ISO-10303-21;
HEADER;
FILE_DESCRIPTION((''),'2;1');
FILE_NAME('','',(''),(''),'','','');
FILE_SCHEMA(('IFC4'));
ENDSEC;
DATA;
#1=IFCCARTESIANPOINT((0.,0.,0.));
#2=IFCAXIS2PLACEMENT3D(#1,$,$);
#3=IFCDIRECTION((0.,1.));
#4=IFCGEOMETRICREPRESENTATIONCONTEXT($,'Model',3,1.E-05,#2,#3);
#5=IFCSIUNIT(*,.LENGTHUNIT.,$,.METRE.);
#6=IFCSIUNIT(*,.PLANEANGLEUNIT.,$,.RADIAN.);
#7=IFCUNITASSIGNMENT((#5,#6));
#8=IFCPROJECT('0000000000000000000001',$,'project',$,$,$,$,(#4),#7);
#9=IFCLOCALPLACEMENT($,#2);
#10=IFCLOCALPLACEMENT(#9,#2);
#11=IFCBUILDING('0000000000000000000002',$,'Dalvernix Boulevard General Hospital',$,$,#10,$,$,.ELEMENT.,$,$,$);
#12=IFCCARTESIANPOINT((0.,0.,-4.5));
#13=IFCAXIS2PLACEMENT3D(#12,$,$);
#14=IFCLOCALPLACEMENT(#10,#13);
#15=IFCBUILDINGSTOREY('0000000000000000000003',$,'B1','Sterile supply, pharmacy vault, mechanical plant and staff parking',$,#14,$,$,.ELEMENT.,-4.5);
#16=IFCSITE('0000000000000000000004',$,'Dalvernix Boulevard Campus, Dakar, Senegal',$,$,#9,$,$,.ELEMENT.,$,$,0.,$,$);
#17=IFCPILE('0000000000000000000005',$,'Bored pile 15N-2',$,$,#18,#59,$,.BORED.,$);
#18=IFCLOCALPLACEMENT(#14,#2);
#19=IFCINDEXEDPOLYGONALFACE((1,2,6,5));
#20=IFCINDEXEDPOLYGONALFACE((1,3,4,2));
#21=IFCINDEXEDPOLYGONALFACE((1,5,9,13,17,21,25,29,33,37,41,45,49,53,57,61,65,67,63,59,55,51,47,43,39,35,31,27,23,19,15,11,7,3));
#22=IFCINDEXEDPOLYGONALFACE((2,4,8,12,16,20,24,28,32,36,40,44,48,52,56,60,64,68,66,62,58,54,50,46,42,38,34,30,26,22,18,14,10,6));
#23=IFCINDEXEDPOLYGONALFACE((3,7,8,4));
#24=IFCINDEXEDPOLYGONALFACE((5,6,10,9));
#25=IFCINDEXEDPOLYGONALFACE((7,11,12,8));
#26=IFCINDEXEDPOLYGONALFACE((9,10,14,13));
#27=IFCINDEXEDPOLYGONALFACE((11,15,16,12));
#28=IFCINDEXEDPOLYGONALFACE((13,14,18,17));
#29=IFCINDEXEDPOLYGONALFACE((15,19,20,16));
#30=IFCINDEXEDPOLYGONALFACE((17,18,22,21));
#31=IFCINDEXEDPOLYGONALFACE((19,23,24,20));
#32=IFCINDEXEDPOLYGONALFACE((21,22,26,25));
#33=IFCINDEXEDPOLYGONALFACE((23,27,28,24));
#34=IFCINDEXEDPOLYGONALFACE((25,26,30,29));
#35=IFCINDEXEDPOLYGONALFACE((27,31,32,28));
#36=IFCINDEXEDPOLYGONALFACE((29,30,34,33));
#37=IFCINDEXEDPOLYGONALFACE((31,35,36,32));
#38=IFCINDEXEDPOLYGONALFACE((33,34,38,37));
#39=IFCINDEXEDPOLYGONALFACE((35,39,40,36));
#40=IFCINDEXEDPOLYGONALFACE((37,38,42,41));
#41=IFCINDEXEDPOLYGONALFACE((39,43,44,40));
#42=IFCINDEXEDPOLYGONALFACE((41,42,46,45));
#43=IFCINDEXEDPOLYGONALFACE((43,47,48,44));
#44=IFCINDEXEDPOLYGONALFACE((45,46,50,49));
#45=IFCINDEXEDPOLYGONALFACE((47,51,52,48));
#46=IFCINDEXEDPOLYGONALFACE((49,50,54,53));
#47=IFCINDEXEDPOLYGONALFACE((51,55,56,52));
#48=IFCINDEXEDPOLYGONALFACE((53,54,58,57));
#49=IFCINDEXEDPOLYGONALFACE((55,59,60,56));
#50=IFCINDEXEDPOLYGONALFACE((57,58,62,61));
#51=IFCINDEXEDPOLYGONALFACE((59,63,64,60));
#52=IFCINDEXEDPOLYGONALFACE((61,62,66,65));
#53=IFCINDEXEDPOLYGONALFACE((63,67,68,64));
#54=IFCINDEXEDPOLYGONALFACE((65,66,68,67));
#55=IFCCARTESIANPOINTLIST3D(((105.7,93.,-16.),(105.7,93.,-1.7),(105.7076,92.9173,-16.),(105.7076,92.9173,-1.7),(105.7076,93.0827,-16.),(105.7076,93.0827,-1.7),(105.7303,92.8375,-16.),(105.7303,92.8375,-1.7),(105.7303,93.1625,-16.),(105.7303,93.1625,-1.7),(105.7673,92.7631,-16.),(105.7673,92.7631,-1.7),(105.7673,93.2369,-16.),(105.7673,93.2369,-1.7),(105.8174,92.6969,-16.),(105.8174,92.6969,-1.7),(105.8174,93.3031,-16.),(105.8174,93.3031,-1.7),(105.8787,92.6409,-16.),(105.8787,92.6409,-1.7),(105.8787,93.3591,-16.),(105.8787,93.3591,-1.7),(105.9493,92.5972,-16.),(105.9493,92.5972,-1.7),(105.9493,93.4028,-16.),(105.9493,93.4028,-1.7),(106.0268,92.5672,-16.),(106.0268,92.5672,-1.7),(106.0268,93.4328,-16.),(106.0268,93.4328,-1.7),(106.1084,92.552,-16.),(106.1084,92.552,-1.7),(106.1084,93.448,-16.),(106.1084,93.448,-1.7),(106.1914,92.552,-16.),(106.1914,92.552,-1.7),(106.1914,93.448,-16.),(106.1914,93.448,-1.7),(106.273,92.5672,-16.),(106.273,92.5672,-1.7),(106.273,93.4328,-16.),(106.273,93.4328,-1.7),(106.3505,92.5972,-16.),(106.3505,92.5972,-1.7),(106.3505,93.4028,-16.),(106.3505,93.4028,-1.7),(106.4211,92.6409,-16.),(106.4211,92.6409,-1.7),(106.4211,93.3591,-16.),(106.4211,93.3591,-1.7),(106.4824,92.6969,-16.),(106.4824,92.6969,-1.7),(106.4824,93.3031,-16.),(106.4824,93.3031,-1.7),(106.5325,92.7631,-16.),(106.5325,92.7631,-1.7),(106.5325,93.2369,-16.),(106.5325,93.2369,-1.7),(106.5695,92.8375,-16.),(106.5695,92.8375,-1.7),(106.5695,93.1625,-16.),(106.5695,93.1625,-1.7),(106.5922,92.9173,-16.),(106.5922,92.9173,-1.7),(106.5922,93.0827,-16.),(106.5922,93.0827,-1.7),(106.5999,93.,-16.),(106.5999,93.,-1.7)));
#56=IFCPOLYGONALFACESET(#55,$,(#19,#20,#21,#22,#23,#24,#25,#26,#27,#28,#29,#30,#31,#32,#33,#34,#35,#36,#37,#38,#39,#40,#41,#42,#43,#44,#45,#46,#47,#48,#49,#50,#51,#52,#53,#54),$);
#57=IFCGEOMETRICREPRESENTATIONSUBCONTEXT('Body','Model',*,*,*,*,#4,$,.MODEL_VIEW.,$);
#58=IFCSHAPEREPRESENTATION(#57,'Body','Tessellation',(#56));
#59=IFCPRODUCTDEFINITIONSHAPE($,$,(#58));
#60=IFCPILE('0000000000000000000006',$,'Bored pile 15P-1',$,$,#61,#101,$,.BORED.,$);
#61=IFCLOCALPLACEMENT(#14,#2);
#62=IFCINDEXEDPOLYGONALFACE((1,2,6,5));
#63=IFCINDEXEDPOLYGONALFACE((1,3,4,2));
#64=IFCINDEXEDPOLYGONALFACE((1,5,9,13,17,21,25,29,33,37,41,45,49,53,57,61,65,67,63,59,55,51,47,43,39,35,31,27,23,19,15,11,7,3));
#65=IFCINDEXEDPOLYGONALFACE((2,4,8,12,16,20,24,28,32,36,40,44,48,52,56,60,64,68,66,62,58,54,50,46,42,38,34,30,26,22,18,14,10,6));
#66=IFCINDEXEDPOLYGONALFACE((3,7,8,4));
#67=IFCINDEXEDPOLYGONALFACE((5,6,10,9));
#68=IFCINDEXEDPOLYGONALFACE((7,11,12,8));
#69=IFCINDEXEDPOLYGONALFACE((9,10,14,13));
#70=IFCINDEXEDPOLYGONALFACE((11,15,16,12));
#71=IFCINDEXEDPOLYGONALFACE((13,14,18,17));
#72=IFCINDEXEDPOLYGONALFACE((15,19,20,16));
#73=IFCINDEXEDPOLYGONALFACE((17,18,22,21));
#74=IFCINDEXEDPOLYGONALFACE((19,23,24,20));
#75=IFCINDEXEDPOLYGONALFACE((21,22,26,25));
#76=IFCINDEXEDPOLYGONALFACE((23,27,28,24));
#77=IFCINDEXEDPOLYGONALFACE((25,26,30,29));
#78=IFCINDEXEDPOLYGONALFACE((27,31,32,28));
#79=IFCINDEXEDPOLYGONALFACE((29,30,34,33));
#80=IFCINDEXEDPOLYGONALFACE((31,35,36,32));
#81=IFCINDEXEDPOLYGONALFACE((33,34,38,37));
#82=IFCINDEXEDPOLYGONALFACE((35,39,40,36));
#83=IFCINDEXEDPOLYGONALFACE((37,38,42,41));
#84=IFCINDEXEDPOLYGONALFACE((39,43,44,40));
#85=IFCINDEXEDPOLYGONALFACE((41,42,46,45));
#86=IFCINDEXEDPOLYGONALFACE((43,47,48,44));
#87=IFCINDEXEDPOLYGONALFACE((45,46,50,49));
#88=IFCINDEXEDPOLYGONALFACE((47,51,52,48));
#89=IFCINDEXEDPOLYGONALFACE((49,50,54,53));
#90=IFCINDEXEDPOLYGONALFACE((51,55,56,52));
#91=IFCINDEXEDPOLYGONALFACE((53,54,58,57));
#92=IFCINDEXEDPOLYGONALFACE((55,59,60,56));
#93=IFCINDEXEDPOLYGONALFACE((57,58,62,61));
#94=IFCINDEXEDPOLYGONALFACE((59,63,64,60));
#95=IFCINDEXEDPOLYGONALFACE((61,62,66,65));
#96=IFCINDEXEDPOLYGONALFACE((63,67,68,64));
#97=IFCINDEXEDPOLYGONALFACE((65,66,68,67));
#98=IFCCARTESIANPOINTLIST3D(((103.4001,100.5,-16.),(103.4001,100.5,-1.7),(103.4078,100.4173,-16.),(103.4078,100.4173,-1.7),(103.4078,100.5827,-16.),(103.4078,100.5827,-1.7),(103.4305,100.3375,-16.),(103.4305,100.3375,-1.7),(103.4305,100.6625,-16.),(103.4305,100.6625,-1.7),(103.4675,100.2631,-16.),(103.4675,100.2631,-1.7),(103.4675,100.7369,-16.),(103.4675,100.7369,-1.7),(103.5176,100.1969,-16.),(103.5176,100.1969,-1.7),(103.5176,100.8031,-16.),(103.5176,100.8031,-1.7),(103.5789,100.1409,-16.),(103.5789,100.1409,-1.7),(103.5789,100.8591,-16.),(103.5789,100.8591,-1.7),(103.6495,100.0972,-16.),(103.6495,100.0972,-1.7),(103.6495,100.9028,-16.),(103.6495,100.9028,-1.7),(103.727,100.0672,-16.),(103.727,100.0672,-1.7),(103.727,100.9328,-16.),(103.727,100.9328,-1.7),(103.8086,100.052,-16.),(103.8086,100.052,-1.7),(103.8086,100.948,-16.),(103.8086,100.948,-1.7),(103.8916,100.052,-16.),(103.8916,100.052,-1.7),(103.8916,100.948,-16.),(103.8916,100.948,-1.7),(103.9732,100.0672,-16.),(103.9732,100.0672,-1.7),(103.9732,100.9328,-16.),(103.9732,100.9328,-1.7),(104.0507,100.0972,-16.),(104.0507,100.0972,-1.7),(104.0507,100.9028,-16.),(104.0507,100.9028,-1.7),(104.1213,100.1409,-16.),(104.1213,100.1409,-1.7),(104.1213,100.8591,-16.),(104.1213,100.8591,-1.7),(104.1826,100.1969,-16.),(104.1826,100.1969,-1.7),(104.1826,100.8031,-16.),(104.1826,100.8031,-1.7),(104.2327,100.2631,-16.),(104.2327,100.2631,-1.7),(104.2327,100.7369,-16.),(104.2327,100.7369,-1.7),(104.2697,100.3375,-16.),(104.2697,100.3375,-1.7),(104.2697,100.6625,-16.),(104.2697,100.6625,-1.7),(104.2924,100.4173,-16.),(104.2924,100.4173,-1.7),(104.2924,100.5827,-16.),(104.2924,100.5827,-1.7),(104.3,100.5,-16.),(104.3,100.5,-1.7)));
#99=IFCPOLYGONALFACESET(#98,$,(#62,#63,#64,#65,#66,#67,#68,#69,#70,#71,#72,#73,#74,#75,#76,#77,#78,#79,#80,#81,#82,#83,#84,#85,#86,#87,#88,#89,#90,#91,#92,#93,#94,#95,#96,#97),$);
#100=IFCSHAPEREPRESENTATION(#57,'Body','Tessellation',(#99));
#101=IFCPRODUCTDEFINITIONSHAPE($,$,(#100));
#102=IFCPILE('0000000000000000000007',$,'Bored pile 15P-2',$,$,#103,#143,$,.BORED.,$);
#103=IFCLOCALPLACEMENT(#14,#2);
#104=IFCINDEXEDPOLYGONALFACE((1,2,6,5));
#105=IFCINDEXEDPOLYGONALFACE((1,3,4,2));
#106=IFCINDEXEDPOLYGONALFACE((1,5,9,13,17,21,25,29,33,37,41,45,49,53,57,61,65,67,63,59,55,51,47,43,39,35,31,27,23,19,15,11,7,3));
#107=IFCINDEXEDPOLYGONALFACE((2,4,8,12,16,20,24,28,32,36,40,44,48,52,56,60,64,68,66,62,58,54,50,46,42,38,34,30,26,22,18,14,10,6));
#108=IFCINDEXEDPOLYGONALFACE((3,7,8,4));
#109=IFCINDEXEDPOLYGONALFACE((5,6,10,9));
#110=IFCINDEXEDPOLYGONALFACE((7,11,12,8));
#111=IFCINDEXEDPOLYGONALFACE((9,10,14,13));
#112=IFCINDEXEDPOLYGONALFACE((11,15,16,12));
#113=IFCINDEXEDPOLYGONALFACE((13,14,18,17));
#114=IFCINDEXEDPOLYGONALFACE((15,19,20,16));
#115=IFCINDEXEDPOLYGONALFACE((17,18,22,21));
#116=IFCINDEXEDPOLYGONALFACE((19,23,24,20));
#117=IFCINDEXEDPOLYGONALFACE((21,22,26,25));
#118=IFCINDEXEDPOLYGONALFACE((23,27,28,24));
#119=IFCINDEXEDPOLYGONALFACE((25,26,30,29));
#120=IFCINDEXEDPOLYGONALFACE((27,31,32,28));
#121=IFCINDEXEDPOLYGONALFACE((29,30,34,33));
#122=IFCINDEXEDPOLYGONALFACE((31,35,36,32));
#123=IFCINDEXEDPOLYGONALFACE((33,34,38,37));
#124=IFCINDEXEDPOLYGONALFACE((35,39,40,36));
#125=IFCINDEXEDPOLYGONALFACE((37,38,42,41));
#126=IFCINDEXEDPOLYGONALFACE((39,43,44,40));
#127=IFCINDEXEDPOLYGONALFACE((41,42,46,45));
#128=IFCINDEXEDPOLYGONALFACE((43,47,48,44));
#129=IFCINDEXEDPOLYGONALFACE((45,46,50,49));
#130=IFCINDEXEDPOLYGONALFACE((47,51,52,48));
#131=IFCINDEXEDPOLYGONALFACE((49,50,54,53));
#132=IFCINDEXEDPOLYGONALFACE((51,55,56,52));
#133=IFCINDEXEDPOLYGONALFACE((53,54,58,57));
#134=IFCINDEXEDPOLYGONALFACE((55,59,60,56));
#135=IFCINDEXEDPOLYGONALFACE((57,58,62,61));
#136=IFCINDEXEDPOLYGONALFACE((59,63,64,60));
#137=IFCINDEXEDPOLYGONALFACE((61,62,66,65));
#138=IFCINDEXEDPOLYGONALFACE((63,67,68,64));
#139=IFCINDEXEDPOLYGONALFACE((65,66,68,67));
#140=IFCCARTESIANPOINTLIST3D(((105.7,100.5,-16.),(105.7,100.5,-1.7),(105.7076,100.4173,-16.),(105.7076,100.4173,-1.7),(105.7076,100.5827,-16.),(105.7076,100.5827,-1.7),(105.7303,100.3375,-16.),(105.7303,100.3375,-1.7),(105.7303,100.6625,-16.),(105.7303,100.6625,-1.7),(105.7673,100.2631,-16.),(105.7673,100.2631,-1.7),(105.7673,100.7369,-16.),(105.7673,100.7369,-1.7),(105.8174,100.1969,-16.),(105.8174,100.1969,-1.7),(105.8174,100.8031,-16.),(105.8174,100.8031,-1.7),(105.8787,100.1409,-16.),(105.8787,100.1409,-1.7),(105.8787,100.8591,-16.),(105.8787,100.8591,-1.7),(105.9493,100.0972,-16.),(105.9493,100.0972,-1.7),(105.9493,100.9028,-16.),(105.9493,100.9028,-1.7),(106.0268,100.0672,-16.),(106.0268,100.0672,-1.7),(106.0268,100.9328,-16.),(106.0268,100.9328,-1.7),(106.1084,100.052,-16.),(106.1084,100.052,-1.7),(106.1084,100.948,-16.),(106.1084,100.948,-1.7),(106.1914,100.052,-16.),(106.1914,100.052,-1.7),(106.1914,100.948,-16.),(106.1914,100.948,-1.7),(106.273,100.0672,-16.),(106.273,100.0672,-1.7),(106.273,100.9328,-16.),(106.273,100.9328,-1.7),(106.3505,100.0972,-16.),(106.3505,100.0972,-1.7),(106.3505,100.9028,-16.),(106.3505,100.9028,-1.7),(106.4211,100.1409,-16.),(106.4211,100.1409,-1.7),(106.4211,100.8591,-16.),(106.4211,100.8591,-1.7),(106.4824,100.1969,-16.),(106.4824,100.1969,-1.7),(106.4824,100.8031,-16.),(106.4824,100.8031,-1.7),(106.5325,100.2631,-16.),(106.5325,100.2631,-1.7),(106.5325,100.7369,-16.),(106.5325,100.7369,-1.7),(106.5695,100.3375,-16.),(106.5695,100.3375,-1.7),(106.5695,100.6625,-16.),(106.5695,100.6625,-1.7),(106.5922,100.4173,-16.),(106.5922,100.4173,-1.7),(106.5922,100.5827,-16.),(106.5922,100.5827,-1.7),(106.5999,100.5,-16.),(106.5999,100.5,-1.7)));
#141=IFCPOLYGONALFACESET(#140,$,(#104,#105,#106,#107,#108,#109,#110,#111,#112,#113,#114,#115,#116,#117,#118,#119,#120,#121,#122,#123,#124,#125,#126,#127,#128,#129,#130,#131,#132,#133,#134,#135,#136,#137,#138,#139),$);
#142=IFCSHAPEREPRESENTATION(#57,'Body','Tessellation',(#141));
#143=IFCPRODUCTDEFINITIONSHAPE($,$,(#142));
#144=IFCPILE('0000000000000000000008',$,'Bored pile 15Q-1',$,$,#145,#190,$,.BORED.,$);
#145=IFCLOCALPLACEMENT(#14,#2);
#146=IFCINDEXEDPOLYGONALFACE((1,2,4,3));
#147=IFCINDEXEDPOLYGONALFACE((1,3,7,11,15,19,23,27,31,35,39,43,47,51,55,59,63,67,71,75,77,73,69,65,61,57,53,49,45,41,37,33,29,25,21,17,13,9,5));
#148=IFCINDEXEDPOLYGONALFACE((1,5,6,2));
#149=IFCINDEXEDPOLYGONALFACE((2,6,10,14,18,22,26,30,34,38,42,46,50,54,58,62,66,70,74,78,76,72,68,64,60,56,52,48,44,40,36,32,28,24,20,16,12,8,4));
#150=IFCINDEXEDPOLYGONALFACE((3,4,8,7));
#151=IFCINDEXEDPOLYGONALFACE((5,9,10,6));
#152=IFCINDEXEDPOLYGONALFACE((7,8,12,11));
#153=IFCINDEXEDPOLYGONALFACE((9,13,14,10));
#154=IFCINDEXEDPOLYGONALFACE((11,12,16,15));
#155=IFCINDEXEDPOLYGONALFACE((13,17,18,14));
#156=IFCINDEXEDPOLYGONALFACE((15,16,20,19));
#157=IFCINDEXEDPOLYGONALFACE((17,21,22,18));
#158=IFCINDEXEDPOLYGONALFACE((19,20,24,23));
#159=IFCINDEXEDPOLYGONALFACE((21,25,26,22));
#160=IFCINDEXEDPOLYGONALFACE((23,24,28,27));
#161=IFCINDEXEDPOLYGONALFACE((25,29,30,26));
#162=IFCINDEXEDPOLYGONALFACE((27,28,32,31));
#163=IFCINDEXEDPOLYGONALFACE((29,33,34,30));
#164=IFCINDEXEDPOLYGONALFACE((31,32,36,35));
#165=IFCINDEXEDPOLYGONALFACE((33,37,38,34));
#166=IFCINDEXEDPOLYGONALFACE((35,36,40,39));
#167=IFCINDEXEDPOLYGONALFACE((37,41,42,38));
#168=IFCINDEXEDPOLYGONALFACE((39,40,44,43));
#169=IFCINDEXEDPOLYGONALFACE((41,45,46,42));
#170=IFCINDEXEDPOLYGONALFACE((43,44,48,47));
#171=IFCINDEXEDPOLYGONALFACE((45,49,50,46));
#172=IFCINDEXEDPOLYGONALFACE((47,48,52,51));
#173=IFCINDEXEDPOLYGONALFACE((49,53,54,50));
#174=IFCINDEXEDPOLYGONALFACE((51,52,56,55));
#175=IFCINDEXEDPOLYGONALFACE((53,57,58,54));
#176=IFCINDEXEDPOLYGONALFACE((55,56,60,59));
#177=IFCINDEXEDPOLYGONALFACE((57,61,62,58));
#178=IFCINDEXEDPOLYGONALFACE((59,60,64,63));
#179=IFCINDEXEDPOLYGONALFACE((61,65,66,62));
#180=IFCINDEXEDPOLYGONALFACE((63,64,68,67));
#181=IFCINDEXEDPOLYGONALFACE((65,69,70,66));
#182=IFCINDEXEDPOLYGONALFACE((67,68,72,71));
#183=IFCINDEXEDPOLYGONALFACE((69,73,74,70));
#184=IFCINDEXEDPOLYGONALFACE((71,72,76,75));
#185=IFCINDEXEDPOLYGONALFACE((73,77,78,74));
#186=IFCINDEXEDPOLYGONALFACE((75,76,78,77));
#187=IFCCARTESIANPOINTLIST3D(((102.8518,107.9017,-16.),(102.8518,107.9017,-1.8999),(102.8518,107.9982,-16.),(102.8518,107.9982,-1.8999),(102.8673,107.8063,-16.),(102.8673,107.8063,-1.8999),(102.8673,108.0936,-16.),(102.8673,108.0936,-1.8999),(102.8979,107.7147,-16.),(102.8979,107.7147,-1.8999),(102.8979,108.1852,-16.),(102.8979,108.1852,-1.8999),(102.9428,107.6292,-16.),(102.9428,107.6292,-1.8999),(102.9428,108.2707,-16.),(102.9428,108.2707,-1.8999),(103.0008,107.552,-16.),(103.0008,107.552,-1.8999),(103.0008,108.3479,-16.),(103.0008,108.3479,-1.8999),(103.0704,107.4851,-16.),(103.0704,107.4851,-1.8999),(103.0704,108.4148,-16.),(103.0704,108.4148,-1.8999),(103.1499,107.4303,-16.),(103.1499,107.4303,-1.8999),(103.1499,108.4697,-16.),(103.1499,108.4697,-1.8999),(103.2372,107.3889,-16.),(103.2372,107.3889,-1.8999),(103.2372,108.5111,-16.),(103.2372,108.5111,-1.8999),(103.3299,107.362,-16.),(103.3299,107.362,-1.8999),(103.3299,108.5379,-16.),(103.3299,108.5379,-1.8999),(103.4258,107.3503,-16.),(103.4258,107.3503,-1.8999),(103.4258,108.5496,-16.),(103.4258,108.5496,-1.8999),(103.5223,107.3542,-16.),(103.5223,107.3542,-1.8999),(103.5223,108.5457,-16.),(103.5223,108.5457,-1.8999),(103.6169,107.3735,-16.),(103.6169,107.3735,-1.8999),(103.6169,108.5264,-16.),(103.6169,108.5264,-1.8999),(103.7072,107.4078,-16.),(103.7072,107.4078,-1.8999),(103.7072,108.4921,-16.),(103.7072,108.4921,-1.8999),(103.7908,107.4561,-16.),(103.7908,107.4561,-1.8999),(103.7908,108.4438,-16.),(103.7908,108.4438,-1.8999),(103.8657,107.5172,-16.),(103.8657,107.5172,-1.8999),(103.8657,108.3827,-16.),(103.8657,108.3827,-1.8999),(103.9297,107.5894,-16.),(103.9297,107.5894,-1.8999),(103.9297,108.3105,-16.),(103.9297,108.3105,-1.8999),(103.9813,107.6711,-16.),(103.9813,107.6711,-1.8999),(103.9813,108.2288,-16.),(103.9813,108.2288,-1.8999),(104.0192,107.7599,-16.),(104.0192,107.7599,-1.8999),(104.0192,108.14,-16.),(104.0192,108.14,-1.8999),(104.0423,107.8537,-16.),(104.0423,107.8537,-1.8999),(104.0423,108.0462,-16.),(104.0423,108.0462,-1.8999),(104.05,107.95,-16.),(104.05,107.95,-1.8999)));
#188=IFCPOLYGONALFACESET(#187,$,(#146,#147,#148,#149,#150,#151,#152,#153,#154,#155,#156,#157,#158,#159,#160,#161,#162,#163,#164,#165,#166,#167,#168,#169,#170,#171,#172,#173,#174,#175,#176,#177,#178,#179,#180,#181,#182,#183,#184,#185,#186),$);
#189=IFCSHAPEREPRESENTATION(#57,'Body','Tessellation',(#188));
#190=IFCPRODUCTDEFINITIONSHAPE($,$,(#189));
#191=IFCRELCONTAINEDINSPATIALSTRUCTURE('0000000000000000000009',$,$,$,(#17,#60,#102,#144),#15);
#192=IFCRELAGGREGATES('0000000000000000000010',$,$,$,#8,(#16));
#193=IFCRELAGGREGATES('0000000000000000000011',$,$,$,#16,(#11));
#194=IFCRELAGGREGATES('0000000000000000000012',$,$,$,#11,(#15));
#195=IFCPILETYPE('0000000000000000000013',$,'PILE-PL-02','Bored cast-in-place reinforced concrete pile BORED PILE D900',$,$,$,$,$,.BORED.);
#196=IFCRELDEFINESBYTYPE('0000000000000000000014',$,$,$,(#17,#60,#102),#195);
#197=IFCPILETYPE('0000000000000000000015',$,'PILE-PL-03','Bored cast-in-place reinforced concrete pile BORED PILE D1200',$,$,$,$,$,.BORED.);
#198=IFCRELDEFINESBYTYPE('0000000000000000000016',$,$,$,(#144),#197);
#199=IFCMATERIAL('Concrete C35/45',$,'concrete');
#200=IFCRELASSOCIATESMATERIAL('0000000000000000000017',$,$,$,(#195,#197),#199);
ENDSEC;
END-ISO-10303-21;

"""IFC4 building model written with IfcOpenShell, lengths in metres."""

from ifc_helpers import new_model, si_unit, direction, frame, origin, origin_2d, place, context, subcontext, project, spatial, circle, extrude, material, material_profile, profile_set, type_object, element, save


model = new_model("IFC4")

# Units and contexts
model_context = context("Model", 3, precision=1e-05, world=origin(), true_north=direction((0.0, 1.0)))
body_context = subcontext(model_context, "Body", "Model", "MODEL_VIEW")
ifc_project = project(units=[si_unit("LENGTHUNIT", "METRE"), si_unit("PLANEANGLEUNIT", "RADIAN")], contexts=[model_context])

# Site, building, storey
site_placement = place(None, origin())
site = spatial("IfcSite", under=ifc_project, at=site_placement, Name="Dalvernix Boulevard Campus, Dakar, Senegal", CompositionType="ELEMENT", RefElevation=0.0)
building_placement = place(site_placement, origin())
building = spatial("IfcBuilding", under=site, at=building_placement, Name="Dalvernix Boulevard General Hospital", CompositionType="ELEMENT")
storey_placement = place(building_placement, frame((0.0, 0.0, -4.5)))
storey = spatial("IfcBuildingStorey", under=building, at=storey_placement, Name="B1", Description="Sterile supply, pharmacy vault, mechanical plant and staff parking", CompositionType="ELEMENT", Elevation=-4.5)

# Shared definitions
ifc_material_1 = material(Name="Concrete C35/45", Category="concrete")

# Piles
ifc_material_profile_1 = material_profile(ifc_material_1, circle(Radius=0.45, at=origin_2d()), Name="BORED PILE D900")
ifc_profile_set_1 = profile_set([ifc_material_profile_1], Name="Concrete C35/45")
pile_type_1 = type_object("IfcPileType", Name="PILE-PL-02", Description="Bored cast-in-place reinforced concrete pile BORED PILE D900", PredefinedType="BORED", material=ifc_profile_set_1)
for number, where, z_axis, x_axis, name in (
    (1, (106.1499, 93.0, -1.7), (0.0, 0.0, -1.0), (1.0, 0.0, 0.0), "Bored pile 15N-2"),
    (2, (103.8501, 100.5, -1.7), (0.0, 0.0, -1.0), (1.0, 0.0, 0.0), "Bored pile 15P-1"),
    (3, (106.1499, 100.5, -1.7), (0.0, 0.0, -1.0), (1.0, 0.0, 0.0), "Bored pile 15P-2"),
):
    element("IfcPile", number, at=place(storey_placement, frame(where, z_axis=z_axis, x_axis=x_axis)), inside=storey, type_object=pile_type_1, Name=name, PredefinedType="BORED", context=body_context, shape_type="SweptSolid", body=[
        extrude(circle(Radius=0.45, at=origin_2d()), origin(), (0.0, 0.0, 1.0), 14.3),
    ])
ifc_material_profile_2 = material_profile(ifc_material_1, circle(Radius=0.6001, at=origin_2d()), Name="BORED PILE D1200")
ifc_profile_set_2 = profile_set([ifc_material_profile_2], Name="Concrete C35/45")
pile_type_2 = type_object("IfcPileType", Name="PILE-PL-03", Description="Bored cast-in-place reinforced concrete pile BORED PILE D1200", PredefinedType="BORED", material=ifc_profile_set_2)
for number, where, z_axis, x_axis, name in (
    (4, (103.45, 107.95, -1.8999), (0.0, 0.0, -1.0), (1.0, 0.0, 0.0), "Bored pile 15Q-1"),
):
    element("IfcPile", number, at=place(storey_placement, frame(where, z_axis=z_axis, x_axis=x_axis)), inside=storey, type_object=pile_type_2, Name=name, PredefinedType="BORED", context=body_context, shape_type="SweptSolid", body=[
        extrude(circle(Radius=0.6001, at=origin_2d()), origin(), (0.0, 0.0, 1.0), 14.1001),
    ])

save(model, "model.ifc")
